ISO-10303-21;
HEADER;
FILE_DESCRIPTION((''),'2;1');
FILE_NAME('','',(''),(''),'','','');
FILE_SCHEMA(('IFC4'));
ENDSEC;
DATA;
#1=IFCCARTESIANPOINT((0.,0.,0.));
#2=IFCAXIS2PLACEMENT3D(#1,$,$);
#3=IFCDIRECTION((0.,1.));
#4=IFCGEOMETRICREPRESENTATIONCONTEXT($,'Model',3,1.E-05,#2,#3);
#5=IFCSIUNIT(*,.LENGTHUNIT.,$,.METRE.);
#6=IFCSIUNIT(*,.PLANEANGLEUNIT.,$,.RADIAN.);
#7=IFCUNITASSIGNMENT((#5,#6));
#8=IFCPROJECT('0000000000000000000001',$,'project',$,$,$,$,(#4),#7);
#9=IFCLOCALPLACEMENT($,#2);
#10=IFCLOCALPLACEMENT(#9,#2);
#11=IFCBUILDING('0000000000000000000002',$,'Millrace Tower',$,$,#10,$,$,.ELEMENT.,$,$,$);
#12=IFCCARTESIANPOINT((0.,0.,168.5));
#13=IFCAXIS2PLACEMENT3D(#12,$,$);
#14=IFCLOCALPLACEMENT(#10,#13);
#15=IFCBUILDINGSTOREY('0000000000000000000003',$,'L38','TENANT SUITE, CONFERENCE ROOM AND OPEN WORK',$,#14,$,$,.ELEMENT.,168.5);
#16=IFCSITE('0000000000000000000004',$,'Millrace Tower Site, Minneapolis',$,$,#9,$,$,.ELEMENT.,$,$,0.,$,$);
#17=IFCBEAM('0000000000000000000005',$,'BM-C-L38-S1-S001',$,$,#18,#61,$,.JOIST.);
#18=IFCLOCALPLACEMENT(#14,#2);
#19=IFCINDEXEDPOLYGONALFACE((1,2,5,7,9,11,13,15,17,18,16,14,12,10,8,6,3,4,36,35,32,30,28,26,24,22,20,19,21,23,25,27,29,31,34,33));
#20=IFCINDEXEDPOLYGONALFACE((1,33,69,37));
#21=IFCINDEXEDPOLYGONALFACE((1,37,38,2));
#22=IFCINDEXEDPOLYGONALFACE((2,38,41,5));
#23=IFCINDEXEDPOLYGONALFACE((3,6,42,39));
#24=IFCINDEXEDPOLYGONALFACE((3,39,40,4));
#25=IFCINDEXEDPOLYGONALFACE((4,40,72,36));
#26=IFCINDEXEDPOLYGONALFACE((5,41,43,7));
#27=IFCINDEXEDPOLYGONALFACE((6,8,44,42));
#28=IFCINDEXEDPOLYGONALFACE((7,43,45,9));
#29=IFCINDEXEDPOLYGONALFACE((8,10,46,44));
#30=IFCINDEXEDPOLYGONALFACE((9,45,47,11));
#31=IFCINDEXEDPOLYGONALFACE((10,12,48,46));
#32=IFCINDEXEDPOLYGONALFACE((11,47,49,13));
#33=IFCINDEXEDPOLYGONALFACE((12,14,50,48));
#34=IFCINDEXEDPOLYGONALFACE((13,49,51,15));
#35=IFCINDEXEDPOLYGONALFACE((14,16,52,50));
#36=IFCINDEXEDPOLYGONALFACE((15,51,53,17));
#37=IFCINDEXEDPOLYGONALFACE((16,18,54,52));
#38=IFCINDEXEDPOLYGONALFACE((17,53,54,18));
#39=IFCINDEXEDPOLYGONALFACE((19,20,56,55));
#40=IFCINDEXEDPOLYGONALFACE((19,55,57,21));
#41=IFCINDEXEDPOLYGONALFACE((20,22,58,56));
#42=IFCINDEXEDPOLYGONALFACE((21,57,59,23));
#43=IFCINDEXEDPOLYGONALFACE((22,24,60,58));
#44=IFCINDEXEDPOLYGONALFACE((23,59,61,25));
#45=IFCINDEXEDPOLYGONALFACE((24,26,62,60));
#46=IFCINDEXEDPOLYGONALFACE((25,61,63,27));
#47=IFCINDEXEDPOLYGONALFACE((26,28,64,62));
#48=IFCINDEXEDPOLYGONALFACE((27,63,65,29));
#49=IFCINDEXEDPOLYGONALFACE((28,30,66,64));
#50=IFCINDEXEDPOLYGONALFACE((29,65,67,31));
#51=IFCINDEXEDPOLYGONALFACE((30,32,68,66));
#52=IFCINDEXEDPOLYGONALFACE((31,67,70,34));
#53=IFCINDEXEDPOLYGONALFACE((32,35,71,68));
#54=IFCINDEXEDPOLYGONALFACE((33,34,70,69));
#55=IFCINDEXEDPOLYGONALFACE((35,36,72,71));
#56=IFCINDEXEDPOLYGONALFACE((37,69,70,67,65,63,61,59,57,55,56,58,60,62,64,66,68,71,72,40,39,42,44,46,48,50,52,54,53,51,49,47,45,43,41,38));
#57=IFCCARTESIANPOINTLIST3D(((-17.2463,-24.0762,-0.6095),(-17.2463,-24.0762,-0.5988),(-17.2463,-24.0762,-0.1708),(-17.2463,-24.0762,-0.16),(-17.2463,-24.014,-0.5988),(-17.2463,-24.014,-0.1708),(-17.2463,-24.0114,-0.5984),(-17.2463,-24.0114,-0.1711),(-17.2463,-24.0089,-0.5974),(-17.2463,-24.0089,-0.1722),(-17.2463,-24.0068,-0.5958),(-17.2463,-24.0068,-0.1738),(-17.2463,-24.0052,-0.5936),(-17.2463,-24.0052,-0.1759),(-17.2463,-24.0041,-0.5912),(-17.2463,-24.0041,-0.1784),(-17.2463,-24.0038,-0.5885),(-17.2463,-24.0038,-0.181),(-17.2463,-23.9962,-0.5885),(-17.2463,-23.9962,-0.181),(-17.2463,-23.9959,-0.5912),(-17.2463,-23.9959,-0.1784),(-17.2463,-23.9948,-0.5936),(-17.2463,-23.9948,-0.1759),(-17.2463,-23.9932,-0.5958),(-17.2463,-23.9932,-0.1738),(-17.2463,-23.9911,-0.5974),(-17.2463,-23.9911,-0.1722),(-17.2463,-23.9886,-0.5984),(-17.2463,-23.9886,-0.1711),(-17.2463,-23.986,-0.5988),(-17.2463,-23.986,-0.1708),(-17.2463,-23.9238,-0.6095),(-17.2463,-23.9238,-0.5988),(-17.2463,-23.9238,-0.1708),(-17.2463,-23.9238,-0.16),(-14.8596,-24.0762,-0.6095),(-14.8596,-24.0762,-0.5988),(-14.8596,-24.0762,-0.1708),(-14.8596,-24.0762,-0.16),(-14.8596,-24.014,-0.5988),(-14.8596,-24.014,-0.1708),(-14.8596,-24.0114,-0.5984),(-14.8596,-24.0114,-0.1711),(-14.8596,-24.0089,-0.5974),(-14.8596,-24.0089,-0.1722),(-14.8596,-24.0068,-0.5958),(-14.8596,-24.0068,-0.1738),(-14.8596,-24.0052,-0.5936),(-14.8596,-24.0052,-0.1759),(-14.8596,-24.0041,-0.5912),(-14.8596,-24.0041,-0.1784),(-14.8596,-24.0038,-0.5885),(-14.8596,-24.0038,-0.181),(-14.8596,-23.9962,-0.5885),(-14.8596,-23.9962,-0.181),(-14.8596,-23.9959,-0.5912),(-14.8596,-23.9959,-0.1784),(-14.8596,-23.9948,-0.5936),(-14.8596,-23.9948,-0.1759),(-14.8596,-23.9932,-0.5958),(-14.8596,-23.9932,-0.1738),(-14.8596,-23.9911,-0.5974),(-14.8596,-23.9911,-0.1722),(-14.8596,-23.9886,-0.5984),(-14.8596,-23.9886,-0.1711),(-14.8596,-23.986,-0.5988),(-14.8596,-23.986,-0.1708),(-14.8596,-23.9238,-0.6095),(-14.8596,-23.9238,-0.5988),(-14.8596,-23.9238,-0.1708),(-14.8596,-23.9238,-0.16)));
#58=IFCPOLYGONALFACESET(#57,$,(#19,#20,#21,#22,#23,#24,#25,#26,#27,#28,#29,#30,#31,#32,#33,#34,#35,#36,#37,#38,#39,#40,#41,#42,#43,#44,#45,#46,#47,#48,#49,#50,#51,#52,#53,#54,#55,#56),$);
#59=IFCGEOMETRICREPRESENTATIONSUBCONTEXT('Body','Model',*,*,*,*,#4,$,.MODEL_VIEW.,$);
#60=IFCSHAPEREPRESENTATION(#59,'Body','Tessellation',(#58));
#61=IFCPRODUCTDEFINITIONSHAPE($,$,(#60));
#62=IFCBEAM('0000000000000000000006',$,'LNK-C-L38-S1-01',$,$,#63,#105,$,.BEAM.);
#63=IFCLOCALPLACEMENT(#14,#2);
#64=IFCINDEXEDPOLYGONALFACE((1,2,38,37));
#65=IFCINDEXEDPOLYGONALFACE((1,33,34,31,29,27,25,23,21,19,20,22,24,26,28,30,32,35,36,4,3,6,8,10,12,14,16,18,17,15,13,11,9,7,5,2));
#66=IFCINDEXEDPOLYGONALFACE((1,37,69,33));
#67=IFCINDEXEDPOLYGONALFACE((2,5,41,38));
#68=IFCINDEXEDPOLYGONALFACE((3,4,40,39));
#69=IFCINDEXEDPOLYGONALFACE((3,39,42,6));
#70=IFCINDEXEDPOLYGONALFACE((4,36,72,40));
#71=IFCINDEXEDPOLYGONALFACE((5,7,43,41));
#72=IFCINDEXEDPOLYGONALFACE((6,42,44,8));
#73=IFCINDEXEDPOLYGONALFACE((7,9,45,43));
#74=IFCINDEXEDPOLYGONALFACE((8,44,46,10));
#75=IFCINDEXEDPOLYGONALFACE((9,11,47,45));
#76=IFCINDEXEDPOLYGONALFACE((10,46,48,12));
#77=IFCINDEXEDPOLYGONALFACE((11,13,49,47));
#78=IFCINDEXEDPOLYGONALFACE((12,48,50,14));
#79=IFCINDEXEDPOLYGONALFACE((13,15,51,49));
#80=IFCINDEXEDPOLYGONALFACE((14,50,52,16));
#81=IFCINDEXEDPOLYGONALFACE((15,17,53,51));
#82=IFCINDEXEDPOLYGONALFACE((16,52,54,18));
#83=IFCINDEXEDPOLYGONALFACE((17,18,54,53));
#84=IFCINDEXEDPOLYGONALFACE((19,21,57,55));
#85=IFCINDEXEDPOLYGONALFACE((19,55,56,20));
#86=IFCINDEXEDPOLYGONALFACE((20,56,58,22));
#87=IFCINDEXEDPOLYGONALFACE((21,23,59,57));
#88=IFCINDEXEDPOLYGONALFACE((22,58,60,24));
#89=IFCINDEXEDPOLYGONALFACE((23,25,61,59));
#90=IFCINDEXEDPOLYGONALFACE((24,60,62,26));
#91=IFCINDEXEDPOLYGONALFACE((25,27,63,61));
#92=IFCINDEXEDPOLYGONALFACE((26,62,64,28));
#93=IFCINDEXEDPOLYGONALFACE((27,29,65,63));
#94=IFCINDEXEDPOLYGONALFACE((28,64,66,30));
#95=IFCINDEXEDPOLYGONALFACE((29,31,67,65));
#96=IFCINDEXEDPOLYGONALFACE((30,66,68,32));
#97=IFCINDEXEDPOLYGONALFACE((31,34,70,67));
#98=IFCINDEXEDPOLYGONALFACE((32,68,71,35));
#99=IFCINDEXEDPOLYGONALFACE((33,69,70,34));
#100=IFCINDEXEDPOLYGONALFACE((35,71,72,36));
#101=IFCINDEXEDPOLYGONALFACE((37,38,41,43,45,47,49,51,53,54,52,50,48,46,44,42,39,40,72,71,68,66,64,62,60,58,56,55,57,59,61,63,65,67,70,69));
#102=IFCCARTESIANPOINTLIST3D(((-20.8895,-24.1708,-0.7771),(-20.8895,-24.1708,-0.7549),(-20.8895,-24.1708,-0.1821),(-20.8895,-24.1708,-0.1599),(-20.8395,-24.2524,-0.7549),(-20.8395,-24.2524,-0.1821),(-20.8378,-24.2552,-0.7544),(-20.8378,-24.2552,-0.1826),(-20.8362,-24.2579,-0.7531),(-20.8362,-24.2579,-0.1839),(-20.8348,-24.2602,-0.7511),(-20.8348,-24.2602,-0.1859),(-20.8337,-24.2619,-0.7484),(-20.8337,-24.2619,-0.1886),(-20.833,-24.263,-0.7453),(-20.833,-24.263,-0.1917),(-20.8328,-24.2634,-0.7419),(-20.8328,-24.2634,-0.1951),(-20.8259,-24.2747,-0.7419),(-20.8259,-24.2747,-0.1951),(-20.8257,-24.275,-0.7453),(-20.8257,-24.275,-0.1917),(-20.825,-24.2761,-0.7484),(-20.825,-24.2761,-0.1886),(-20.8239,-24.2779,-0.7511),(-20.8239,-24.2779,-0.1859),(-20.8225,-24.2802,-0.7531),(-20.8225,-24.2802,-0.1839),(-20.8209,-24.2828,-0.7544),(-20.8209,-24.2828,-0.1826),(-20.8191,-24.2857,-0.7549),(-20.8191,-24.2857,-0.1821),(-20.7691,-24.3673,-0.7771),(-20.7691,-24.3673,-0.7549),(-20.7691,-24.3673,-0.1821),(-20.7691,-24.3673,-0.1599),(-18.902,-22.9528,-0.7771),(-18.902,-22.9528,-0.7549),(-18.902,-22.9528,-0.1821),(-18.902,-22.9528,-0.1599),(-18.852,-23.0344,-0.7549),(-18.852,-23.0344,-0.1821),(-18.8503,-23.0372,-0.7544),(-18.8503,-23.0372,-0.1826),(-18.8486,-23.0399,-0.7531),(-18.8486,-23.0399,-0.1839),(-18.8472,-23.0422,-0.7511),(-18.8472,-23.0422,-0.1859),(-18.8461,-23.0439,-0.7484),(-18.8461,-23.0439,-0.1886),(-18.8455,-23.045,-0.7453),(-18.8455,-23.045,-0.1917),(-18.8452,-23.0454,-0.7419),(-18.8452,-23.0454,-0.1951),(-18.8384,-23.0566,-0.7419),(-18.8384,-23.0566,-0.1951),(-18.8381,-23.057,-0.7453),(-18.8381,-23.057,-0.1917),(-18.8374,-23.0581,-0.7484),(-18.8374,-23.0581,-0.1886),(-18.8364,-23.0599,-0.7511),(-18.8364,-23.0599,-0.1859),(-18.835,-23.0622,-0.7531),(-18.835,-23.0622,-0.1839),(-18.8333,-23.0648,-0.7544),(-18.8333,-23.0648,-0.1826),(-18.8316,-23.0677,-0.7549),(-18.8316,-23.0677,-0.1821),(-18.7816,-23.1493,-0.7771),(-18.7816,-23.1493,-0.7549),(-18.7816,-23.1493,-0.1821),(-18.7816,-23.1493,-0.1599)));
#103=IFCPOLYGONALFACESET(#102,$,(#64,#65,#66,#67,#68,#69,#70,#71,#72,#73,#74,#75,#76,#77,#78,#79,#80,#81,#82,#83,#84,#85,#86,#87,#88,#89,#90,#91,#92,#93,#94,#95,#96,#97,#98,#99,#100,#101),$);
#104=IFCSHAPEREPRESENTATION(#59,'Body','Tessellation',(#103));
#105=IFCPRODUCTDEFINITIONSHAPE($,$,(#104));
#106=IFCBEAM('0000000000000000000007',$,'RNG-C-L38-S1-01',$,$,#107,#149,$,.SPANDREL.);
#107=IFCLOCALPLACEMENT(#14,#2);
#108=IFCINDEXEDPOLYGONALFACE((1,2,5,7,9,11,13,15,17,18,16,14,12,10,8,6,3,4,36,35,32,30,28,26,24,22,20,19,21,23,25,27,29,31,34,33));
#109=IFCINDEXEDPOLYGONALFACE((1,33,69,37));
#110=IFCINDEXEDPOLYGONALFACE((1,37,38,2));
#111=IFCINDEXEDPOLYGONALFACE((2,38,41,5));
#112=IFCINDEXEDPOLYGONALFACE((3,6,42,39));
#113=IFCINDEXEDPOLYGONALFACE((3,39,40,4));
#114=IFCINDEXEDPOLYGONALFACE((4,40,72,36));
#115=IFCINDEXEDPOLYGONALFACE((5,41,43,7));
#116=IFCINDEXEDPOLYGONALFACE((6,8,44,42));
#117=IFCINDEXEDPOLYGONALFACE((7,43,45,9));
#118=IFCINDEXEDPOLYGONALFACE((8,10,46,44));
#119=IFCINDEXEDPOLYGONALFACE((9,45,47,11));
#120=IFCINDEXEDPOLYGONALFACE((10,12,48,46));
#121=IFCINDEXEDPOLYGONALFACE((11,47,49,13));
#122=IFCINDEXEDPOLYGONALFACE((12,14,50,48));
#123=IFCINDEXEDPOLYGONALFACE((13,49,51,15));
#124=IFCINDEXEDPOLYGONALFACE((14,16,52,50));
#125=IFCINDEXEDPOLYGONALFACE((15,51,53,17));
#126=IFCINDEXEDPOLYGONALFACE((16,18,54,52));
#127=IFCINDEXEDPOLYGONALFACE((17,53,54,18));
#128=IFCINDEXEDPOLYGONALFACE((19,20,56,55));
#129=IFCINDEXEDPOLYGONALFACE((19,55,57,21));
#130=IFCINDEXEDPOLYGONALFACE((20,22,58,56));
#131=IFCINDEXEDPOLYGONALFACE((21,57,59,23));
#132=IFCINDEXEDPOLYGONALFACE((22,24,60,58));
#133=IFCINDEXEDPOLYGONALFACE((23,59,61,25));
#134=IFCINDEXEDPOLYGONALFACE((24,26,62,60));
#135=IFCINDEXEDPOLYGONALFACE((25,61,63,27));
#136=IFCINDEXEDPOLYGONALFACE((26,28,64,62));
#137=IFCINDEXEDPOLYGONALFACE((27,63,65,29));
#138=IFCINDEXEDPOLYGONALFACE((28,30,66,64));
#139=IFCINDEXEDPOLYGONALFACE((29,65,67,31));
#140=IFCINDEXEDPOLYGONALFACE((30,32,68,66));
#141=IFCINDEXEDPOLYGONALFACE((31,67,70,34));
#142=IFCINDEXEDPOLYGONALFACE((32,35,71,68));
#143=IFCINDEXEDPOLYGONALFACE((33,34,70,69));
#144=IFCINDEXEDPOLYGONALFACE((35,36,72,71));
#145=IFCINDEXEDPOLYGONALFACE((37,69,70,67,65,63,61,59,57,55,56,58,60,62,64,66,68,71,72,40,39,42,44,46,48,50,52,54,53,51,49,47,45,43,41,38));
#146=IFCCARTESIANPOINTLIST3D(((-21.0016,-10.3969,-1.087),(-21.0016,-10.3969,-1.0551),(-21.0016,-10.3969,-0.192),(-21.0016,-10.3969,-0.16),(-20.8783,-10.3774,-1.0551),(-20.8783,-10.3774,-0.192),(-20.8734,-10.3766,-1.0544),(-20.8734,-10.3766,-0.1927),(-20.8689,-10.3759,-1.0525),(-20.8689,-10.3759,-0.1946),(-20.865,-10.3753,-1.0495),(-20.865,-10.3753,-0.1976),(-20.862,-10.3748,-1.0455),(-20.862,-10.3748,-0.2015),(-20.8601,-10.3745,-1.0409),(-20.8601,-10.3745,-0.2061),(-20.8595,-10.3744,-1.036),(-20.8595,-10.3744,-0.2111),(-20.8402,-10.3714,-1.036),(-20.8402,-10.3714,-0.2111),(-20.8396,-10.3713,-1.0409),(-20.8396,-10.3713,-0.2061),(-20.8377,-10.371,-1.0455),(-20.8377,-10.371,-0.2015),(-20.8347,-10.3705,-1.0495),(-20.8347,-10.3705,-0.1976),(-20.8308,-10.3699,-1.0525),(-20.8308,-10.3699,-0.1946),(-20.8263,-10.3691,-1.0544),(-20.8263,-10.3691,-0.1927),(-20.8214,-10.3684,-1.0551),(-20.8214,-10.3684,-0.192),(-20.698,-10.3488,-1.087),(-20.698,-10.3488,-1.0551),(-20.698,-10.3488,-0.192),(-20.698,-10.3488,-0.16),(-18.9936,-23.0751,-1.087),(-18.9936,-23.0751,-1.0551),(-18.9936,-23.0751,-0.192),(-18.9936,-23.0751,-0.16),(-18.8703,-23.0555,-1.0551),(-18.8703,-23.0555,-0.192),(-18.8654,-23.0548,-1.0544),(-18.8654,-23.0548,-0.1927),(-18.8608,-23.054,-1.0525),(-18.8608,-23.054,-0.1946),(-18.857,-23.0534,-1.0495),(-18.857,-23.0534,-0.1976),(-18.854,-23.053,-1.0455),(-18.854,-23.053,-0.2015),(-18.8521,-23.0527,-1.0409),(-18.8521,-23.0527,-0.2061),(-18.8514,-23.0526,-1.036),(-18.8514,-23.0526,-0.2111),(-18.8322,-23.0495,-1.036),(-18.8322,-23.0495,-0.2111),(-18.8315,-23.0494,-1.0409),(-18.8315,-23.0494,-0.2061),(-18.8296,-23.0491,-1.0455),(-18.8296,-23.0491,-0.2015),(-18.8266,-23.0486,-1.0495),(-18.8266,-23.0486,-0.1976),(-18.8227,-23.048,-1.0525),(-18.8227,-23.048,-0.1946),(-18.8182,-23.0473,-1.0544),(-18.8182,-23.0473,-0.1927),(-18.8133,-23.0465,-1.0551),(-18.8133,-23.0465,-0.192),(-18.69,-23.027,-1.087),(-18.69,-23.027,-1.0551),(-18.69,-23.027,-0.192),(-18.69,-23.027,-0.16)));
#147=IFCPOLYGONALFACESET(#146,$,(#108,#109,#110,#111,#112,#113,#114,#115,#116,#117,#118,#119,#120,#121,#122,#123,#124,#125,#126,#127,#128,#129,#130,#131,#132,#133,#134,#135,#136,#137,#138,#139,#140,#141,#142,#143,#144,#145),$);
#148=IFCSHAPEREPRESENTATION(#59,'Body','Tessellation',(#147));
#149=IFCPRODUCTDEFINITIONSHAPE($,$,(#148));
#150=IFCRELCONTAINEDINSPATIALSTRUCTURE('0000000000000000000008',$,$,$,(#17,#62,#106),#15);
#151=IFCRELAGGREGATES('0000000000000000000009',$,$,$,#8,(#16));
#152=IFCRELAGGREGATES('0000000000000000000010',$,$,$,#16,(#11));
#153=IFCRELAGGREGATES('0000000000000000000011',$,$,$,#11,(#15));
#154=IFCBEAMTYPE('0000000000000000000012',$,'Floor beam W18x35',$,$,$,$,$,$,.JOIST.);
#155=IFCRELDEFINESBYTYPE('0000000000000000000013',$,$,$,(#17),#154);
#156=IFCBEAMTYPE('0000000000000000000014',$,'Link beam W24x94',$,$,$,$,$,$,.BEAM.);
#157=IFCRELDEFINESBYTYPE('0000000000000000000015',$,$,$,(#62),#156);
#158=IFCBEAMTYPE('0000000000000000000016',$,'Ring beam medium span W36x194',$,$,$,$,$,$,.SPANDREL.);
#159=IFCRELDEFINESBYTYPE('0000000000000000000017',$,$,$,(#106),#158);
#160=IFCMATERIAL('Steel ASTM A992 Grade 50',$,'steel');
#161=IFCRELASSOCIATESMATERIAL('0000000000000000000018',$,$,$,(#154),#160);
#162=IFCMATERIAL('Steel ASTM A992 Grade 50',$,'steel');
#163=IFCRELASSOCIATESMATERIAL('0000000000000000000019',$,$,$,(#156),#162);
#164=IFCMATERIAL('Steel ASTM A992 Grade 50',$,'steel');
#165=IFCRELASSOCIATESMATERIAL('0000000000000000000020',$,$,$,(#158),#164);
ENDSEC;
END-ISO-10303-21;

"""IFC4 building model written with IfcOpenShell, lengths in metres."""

from ifc_helpers import new_model, si_unit, direction, frame, origin, origin_2d, place, context, subcontext, project, spatial, i_section, extrude, material, material_profile, profile_set, type_object, element, save


model = new_model("IFC4")

# Units and contexts
model_context = context("Model", 3, precision=1e-05, world=origin(), true_north=direction((0.0, 1.0)))
body_context = subcontext(model_context, "Body", "Model", "MODEL_VIEW")
ifc_project = project(units=[si_unit("LENGTHUNIT", "METRE"), si_unit("PLANEANGLEUNIT", "RADIAN")], contexts=[model_context])

# Site, building, storey
site_placement = place(None, origin())
site = spatial("IfcSite", under=ifc_project, at=site_placement, Name="Millrace Tower Site, Minneapolis", CompositionType="ELEMENT", RefElevation=0.0)
building_placement = place(site_placement, origin())
building = spatial("IfcBuilding", under=site, at=building_placement, Name="Millrace Tower", CompositionType="ELEMENT")
storey_placement = place(building_placement, frame((0.0, 0.0, 168.5)))
storey = spatial("IfcBuildingStorey", under=building, at=storey_placement, Name="L38", Description="TENANT SUITE, CONFERENCE ROOM AND OPEN WORK", CompositionType="ELEMENT", Elevation=168.5)

# Beams
ifc_material_1 = material(Name="Steel ASTM A992 Grade 50", Category="steel")
ifc_material_profile_1 = material_profile(ifc_material_1, i_section(OverallWidth=0.1523, OverallDepth=0.4495, WebThickness=0.0076, FlangeThickness=0.0107, FilletRadius=0.0103, at=origin_2d()))
ifc_profile_set_1 = profile_set([ifc_material_profile_1], Name="Steel ASTM A992 Grade 50")
beam_type_1 = type_object("IfcBeamType", Name="Floor beam W18x35", PredefinedType="JOIST", material=ifc_profile_set_1)
beam_1_placement = place(storey_placement, frame((-17.2463, -24.0, -0.3848), z_axis=(1.0, 0.0, 0.0), x_axis=(0.0, 1.0, 0.0)))
element("IfcBeam", 1, at=beam_1_placement, inside=storey, type_object=beam_type_1, Name="BM-C-L38-S1-S001", PredefinedType="JOIST", context=body_context, shape_type="SweptSolid", body=[
    extrude(i_section(OverallWidth=0.1523, OverallDepth=0.4495, WebThickness=0.0076, FlangeThickness=0.0107, FilletRadius=0.0103, at=origin_2d()), origin(), (0.0, 0.0, 1.0), 2.3867),
])
ifc_material_2 = material(Name="Steel ASTM A992 Grade 50", Category="steel")
ifc_material_profile_2 = material_profile(ifc_material_2, i_section(OverallWidth=0.2305, OverallDepth=0.6172, WebThickness=0.0132, FlangeThickness=0.0222, FilletRadius=0.0129, at=origin_2d()))
ifc_profile_set_2 = profile_set([ifc_material_profile_2], Name="Steel ASTM A992 Grade 50")
beam_type_2 = type_object("IfcBeamType", Name="Link beam W24x94", PredefinedType="BEAM", material=ifc_profile_set_2)
beam_2_placement = place(storey_placement, frame((-18.8418, -23.051, -0.4685), z_axis=(-0.852631, -0.522513, 0.0), x_axis=(0.522513, -0.852631, 0.0)))
element("IfcBeam", 2, at=beam_2_placement, inside=storey, type_object=beam_type_2, Name="LNK-C-L38-S1-01", PredefinedType="BEAM", context=body_context, shape_type="SweptSolid", body=[
    extrude(i_section(OverallWidth=0.2305, OverallDepth=0.6172, WebThickness=0.0132, FlangeThickness=0.0222, FilletRadius=0.0129, at=origin_2d()), origin(), (0.0, 0.0, 1.0), 2.3311),
])
ifc_material_3 = material(Name="Steel ASTM A992 Grade 50", Category="steel")
ifc_material_profile_3 = material_profile(ifc_material_3, i_section(OverallWidth=0.3074, OverallDepth=0.927, WebThickness=0.0195, FlangeThickness=0.032, FilletRadius=0.019, at=origin_2d()))
ifc_profile_set_3 = profile_set([ifc_material_profile_3], Name="Steel ASTM A992 Grade 50")
beam_type_3 = type_object("IfcBeamType", Name="Ring beam medium span W36x194", PredefinedType="SPANDREL", material=ifc_profile_set_3)
beam_3_placement = place(storey_placement, frame((-18.8418, -23.051, -0.6235), z_axis=(-0.156436, 0.987688, 0.0), x_axis=(-0.987688, -0.156436, 0.0)))
element("IfcBeam", 3, at=beam_3_placement, inside=storey, type_object=beam_type_3, Name="RNG-C-L38-S1-01", PredefinedType="SPANDREL", context=body_context, shape_type="SweptSolid", body=[
    extrude(i_section(OverallWidth=0.3074, OverallDepth=0.927, WebThickness=0.0195, FlangeThickness=0.032, FilletRadius=0.019, at=origin_2d()), origin(), (0.0, 0.0, 1.0), 12.8362),
])

save(model, "model.ifc")
